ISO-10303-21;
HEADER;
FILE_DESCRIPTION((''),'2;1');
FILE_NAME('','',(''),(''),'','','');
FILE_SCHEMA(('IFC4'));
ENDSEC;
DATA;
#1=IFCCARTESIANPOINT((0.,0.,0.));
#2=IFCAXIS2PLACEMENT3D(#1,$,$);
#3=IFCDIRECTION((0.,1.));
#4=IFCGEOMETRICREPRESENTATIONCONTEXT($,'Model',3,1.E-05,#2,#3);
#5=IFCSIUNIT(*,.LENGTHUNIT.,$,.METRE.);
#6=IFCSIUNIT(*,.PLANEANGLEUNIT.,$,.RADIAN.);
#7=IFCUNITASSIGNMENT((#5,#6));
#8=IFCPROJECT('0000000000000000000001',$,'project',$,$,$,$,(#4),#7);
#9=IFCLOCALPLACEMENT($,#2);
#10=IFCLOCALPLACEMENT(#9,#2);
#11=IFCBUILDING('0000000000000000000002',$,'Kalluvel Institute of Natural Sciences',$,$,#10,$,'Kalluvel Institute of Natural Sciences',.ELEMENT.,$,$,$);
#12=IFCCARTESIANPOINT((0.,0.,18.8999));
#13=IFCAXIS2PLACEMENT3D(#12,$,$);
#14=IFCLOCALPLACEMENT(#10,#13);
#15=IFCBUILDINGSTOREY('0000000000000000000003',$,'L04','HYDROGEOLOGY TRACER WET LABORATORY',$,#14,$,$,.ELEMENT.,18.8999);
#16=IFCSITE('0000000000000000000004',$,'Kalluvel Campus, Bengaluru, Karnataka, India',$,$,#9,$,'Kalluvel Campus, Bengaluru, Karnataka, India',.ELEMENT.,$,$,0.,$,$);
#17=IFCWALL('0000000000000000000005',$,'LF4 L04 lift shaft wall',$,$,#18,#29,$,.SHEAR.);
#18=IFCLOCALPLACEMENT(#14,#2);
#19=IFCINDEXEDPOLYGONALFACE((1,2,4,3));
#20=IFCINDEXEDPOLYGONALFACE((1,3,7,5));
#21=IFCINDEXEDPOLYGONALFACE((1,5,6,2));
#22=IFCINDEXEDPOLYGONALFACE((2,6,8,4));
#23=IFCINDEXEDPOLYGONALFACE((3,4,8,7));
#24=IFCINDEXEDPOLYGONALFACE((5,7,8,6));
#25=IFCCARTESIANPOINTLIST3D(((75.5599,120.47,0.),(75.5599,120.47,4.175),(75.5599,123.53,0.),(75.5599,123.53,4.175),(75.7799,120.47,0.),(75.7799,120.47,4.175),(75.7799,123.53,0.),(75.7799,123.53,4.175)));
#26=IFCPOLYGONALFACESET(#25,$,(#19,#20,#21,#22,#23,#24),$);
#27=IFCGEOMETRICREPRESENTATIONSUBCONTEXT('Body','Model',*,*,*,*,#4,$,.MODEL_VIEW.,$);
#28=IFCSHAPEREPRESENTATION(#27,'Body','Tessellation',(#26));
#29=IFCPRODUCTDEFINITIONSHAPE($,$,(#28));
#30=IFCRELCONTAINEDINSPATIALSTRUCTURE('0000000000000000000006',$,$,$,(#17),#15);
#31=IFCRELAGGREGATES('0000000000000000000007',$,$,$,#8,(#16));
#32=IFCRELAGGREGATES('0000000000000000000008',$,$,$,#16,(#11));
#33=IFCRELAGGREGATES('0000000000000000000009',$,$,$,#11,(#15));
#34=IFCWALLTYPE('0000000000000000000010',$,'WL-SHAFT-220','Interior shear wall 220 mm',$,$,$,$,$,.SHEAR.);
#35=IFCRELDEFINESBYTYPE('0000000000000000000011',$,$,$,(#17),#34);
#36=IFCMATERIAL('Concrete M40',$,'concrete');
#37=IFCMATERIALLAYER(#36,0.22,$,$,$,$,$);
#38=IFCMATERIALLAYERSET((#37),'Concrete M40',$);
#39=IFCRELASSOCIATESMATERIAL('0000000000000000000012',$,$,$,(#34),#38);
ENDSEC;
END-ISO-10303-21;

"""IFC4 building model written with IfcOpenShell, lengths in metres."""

from ifc_helpers import new_model, si_unit, direction, frame, frame_2d, origin, place, context, subcontext, project, spatial, rectangle, extrude, material, layer, layer_set, type_object, element, save


model = new_model("IFC4")

# Units and contexts
model_context = context("Model", 3, precision=1e-05, world=origin(), true_north=direction((0.0, 1.0)))
body_context = subcontext(model_context, "Body", "Model", "MODEL_VIEW")
ifc_project = project(units=[si_unit("LENGTHUNIT", "METRE"), si_unit("PLANEANGLEUNIT", "RADIAN")], contexts=[model_context])

# Site, building, storey
site_placement = place(None, origin())
site = spatial("IfcSite", under=ifc_project, at=site_placement, Name="Kalluvel Campus, Bengaluru, Karnataka, India", LongName="Kalluvel Campus, Bengaluru, Karnataka, India", CompositionType="ELEMENT", RefElevation=0.0)
building_placement = place(site_placement, origin())
building = spatial("IfcBuilding", under=site, at=building_placement, Name="Kalluvel Institute of Natural Sciences", LongName="Kalluvel Institute of Natural Sciences", CompositionType="ELEMENT")
storey_placement = place(building_placement, frame((0.0, 0.0, 18.8999)))
storey = spatial("IfcBuildingStorey", under=building, at=storey_placement, Name="L04", Description="HYDROGEOLOGY TRACER WET LABORATORY", CompositionType="ELEMENT", Elevation=18.8999)

# Shared definitions
ifc_material_1 = material(Name="Concrete M40", Category="concrete")

# Shared definitions
ifc_layer_1 = layer(ifc_material_1, 0.22)
ifc_layer_set_1 = layer_set([ifc_layer_1], Name="Concrete M40")
wall_type_1 = type_object("IfcWallType", Name="WL-SHAFT-220", Description="Interior shear wall 220 mm", PredefinedType="SHEAR", material=ifc_layer_set_1)

# Wall
for number, where, z_axis, x_axis, name in (
    (1, (75.6699, 123.53, 0.0), (0.0, 0.0, 1.0), (0.0, -1.0, 0.0), "LF4 L04 lift shaft wall"),
):
    element("IfcWall", number, at=place(storey_placement, frame(where, z_axis=z_axis, x_axis=x_axis)), inside=storey, type_object=wall_type_1, Name=name, PredefinedType="SHEAR", context=body_context, shape_type="SweptSolid", body=[
        extrude(rectangle(XDim=3.0601, YDim=0.22, at=frame_2d((1.53, 0.0))), origin(), (0.0, 0.0, 1.0), 4.175),
    ])

save(model, "model.ifc")
